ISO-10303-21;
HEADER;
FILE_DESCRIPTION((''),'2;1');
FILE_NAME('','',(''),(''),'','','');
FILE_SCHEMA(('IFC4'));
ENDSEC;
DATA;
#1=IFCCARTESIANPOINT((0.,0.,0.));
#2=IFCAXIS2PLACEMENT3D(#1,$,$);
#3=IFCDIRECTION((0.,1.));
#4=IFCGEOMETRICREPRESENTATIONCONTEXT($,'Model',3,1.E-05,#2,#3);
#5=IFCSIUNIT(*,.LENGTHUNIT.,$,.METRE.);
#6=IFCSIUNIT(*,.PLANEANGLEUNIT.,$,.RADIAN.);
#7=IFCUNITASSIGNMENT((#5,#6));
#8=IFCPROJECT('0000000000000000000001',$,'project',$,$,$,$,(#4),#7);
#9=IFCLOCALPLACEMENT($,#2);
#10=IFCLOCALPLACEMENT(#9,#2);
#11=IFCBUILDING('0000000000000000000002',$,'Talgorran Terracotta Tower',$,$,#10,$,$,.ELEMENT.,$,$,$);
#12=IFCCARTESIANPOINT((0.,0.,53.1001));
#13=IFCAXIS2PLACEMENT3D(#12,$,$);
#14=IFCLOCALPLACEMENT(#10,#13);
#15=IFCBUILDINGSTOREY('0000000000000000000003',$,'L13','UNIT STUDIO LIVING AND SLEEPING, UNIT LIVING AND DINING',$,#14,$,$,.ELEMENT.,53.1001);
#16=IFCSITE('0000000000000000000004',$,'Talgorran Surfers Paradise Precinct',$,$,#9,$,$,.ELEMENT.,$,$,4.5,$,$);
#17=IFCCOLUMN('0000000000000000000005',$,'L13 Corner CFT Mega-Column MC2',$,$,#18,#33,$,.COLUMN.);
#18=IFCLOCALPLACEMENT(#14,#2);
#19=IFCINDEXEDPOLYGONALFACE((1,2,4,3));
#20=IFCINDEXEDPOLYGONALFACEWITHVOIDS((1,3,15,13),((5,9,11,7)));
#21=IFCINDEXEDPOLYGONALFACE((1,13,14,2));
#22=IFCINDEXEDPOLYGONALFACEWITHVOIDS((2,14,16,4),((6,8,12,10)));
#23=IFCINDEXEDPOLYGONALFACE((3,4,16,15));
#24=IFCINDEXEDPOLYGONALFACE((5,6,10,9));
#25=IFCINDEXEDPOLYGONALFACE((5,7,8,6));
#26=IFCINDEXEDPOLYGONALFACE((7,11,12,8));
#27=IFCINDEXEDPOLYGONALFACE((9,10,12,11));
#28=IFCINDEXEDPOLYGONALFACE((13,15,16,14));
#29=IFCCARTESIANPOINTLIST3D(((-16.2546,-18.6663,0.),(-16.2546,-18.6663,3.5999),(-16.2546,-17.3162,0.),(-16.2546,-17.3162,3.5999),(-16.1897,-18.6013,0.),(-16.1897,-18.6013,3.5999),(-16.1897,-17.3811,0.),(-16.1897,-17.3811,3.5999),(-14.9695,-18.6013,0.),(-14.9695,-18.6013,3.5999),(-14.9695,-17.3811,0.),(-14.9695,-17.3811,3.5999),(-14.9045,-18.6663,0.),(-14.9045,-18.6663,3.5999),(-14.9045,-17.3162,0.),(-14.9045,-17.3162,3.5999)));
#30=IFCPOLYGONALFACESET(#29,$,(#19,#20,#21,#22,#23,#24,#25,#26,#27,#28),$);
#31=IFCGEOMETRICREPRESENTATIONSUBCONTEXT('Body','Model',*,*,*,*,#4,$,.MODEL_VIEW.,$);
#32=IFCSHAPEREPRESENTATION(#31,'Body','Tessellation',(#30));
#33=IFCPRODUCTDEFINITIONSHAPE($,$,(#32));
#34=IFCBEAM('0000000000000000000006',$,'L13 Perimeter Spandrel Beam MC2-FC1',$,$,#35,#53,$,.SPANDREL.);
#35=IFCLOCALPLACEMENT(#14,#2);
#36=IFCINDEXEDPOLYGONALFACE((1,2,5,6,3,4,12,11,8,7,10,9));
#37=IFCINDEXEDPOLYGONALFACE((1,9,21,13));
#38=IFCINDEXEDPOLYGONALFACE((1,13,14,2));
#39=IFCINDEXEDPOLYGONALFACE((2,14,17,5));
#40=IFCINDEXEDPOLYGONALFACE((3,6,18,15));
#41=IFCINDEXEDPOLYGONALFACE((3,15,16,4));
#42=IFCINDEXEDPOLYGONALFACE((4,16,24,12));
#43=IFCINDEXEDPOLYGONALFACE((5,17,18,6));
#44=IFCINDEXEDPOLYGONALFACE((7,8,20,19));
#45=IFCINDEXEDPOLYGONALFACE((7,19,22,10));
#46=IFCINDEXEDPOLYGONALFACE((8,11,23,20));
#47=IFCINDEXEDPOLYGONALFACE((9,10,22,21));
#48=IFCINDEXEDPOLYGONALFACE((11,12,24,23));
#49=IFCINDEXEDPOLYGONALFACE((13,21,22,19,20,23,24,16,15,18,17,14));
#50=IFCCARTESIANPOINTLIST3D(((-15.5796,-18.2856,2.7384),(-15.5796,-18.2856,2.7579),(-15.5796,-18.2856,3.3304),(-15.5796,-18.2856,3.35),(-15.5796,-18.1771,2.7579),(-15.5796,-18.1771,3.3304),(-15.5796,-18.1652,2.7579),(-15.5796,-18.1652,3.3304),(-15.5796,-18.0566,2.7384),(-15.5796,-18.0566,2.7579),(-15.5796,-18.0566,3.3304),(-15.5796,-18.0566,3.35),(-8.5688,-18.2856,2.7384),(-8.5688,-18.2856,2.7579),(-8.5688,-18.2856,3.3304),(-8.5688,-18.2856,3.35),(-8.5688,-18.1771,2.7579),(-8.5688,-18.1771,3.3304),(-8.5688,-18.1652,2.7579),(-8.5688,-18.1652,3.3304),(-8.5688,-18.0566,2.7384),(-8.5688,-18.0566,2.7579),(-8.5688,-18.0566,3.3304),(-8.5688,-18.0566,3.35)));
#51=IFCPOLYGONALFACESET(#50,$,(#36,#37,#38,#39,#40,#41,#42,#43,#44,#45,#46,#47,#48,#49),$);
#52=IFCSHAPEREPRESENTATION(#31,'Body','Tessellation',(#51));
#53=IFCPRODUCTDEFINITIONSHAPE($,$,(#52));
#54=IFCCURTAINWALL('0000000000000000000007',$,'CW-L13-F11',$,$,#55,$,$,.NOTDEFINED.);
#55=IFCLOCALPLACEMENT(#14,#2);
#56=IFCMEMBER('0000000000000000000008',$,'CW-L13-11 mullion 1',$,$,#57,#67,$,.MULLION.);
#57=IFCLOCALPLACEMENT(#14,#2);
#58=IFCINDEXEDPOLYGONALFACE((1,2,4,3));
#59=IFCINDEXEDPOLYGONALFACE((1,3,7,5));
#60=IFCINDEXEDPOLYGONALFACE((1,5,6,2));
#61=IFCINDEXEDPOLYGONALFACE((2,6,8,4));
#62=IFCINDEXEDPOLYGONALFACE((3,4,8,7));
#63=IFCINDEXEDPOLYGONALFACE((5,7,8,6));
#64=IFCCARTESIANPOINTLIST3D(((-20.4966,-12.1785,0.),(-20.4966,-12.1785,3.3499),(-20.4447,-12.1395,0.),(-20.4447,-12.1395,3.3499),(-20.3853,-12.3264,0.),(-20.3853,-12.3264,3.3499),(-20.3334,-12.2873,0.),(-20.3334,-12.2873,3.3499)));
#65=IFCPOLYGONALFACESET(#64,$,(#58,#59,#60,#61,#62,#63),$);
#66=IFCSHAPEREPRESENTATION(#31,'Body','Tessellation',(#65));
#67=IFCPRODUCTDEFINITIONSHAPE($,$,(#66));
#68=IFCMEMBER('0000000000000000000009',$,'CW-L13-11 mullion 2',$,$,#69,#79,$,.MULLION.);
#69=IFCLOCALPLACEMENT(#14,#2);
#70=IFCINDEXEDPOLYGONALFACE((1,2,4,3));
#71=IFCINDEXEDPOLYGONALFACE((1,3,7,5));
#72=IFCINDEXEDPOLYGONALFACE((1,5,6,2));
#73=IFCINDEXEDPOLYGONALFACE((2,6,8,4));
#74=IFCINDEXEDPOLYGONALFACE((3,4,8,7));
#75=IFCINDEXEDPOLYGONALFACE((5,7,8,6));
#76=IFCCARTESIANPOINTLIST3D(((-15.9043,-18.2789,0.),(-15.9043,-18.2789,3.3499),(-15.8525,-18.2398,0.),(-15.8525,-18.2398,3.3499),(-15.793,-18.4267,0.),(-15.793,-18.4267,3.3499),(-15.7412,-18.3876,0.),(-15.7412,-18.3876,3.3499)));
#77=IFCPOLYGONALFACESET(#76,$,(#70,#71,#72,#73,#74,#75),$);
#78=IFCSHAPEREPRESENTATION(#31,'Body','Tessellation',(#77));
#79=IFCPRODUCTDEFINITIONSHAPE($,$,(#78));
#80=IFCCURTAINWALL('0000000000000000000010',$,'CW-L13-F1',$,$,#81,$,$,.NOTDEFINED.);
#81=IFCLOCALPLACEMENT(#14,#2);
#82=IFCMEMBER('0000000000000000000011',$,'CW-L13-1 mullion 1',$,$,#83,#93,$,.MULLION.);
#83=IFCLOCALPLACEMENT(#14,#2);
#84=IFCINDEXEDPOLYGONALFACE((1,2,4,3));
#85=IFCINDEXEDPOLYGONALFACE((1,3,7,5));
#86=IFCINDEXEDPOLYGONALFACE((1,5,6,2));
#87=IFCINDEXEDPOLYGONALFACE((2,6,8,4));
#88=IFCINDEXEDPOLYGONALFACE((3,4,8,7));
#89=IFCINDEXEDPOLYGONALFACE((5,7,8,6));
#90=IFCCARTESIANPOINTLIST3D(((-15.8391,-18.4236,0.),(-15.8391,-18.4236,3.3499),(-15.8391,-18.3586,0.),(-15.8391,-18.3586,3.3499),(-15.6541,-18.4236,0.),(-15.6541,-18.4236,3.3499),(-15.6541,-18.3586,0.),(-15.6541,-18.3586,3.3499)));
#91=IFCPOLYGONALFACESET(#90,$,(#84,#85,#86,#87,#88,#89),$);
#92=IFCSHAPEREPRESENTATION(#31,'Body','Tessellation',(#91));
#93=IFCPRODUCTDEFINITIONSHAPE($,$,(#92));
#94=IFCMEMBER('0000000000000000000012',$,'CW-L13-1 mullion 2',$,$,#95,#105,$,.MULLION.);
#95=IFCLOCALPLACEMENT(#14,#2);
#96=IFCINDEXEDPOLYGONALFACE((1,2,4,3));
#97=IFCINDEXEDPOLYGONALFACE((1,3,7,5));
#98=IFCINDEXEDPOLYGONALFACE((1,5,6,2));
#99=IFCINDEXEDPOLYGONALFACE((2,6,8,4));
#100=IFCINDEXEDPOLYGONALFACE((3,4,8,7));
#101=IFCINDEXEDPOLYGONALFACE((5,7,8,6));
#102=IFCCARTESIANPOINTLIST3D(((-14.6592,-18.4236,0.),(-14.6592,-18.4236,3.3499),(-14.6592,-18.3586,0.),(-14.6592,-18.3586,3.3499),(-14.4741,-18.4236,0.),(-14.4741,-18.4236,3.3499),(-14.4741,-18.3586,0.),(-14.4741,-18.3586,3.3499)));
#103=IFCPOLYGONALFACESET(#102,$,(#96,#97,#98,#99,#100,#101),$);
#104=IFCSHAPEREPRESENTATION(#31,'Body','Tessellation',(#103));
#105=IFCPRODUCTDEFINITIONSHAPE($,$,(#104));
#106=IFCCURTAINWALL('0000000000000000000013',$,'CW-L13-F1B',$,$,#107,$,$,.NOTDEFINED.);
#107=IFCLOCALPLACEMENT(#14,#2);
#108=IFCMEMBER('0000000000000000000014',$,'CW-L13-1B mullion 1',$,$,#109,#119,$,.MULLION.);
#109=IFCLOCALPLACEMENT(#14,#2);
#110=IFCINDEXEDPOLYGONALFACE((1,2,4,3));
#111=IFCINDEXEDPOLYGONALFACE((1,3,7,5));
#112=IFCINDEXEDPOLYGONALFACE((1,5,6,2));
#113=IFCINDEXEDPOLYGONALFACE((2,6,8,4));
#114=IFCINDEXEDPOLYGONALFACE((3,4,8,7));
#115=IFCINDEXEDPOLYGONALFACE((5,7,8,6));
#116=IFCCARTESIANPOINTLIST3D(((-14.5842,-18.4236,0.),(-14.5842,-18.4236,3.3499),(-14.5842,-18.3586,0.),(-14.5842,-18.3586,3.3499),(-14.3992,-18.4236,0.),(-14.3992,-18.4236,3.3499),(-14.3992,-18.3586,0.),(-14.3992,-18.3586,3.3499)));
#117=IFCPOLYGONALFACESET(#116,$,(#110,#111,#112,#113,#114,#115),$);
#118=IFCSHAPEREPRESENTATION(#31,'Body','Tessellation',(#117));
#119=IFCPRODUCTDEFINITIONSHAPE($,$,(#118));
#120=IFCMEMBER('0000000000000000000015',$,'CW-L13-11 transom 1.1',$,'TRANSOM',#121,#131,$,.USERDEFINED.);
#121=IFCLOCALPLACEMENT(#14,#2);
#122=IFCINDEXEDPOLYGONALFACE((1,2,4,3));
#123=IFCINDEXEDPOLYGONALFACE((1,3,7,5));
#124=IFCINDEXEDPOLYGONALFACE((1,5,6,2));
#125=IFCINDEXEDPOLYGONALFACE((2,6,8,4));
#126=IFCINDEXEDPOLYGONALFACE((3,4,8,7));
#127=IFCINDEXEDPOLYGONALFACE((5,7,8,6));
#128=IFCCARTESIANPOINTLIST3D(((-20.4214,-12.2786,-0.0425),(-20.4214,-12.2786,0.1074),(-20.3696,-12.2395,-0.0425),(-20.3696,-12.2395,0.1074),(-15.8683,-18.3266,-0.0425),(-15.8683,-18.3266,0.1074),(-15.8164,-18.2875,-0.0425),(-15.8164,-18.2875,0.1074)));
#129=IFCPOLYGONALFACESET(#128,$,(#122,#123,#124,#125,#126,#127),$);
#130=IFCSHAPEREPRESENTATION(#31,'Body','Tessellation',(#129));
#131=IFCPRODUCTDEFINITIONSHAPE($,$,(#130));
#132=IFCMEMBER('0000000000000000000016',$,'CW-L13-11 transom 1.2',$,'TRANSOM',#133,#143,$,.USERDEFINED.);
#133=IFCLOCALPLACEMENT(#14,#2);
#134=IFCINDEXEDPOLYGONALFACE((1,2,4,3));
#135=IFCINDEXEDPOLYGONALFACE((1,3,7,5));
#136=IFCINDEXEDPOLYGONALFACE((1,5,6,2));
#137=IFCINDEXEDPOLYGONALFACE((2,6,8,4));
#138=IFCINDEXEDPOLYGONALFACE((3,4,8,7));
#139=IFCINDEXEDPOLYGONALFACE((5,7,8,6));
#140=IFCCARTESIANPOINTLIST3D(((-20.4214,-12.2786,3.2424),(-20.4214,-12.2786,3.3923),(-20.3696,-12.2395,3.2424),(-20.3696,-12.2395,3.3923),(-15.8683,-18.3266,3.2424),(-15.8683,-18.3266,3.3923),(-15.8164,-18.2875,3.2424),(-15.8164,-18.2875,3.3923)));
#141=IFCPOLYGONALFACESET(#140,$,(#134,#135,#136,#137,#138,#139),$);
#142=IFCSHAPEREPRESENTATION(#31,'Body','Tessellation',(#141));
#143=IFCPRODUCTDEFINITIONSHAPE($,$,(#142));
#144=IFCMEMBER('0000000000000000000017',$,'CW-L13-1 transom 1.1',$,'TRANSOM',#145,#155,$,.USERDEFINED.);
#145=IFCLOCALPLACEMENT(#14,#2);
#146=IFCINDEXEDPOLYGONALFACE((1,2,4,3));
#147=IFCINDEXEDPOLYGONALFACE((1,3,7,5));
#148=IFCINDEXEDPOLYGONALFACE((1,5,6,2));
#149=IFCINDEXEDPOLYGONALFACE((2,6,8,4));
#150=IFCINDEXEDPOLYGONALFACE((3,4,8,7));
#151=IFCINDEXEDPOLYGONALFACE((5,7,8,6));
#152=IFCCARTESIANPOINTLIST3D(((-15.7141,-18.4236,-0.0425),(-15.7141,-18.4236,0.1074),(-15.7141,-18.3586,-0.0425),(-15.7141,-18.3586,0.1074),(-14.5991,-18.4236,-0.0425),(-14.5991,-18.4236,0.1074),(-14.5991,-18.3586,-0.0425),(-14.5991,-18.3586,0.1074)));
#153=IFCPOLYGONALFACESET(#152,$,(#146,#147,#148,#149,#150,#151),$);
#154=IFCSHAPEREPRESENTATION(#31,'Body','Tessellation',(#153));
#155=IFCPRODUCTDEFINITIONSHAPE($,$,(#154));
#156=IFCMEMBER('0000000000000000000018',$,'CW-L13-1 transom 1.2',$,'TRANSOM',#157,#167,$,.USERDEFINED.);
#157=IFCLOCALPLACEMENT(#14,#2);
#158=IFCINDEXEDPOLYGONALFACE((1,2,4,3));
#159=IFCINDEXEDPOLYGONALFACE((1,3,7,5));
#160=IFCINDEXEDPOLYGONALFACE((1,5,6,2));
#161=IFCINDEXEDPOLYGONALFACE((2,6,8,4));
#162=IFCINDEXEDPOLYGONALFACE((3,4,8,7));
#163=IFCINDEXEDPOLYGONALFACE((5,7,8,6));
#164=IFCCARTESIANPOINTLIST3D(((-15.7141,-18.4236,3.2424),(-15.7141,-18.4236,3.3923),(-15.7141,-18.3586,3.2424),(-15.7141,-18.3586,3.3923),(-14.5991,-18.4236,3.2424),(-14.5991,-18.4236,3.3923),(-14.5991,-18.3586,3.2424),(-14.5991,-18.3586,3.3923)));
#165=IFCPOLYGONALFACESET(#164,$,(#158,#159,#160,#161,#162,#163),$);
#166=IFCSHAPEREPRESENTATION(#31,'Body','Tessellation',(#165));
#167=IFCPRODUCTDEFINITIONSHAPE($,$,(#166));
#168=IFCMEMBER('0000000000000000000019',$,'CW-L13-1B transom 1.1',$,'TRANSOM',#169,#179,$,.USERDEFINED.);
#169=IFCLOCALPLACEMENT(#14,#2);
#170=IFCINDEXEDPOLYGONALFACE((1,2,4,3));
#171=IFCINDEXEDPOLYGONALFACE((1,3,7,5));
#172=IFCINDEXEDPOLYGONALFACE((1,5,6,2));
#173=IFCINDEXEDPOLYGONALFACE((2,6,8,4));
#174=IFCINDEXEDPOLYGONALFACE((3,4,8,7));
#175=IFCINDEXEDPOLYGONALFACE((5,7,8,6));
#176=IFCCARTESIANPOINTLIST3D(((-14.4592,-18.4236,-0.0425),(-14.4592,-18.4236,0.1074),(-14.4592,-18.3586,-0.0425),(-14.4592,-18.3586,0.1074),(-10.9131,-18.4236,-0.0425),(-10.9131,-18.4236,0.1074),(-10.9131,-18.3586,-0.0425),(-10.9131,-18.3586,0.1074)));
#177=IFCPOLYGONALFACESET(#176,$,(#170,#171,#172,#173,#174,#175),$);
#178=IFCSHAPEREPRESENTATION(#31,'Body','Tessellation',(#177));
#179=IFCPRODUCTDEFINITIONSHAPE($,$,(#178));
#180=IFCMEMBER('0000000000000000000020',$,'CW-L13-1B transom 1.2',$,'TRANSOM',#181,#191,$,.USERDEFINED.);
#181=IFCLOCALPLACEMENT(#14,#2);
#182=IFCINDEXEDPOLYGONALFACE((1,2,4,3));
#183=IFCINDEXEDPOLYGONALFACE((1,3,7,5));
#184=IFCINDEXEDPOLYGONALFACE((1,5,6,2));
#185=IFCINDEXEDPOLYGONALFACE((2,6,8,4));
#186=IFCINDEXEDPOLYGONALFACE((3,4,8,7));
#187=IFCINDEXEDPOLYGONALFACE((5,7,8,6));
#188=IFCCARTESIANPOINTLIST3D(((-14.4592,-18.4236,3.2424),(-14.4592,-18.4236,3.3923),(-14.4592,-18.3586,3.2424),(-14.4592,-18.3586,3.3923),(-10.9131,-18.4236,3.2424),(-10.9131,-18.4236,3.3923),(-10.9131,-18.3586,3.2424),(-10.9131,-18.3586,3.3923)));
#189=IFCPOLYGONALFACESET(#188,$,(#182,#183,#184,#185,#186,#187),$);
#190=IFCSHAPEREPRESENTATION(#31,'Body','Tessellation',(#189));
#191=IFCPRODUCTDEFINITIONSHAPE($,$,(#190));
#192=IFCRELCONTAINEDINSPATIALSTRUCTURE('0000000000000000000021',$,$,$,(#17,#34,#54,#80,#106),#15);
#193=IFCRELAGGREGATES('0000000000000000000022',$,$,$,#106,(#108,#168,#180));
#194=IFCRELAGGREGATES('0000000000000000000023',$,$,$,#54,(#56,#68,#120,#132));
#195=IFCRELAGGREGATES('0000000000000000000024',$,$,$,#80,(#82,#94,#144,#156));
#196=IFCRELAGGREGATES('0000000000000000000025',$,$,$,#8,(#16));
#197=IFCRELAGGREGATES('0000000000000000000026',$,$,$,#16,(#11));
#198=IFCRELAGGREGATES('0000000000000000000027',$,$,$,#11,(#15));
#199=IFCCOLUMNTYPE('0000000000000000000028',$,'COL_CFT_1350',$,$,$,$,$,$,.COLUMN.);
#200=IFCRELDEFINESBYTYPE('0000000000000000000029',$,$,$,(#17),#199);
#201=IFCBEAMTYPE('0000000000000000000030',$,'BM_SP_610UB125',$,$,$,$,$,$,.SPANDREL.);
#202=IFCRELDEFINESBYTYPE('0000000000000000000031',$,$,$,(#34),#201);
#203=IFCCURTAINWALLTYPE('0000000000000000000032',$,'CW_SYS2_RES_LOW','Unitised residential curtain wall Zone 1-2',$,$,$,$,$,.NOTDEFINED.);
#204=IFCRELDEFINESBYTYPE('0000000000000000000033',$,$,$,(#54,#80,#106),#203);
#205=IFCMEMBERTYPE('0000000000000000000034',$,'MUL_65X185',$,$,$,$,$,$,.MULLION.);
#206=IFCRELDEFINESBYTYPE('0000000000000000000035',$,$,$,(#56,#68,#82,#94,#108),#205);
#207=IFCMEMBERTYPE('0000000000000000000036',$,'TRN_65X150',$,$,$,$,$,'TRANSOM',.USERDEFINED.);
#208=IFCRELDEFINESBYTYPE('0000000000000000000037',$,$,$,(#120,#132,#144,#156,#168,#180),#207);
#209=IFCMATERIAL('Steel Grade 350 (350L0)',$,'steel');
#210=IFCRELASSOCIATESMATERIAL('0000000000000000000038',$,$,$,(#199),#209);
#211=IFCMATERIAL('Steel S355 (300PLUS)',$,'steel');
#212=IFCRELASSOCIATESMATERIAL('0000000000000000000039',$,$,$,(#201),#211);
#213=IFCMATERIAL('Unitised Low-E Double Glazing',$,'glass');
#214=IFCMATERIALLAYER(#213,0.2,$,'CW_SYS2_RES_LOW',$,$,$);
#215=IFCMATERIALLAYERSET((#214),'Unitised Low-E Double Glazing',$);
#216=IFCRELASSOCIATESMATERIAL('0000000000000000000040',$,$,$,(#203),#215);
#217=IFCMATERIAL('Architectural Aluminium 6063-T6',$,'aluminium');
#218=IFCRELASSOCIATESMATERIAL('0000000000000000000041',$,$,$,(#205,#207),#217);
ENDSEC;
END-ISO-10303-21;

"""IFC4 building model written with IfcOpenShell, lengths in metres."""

from ifc_helpers import new_model, si_unit, direction, frame, origin, origin_2d, place, context, subcontext, project, spatial, rectangle, hollow_rectangle, i_section, extrude, material, layer, layer_set, material_profile, profile_set, type_object, element, aggregate, save


model = new_model("IFC4")

# Units and contexts
model_context = context("Model", 3, precision=1e-05, world=origin(), true_north=direction((0.0, 1.0)))
body_context = subcontext(model_context, "Body", "Model", "MODEL_VIEW")
ifc_project = project(units=[si_unit("LENGTHUNIT", "METRE"), si_unit("PLANEANGLEUNIT", "RADIAN")], contexts=[model_context])

# Site, building, storey
site_placement = place(None, origin())
site = spatial("IfcSite", under=ifc_project, at=site_placement, Name="Talgorran Surfers Paradise Precinct", CompositionType="ELEMENT", RefElevation=4.5)
building_placement = place(site_placement, origin())
building = spatial("IfcBuilding", under=site, at=building_placement, Name="Talgorran Terracotta Tower", CompositionType="ELEMENT")
storey_placement = place(building_placement, frame((0.0, 0.0, 53.1001)))
storey = spatial("IfcBuildingStorey", under=building, at=storey_placement, Name="L13", Description="UNIT STUDIO LIVING AND SLEEPING, UNIT LIVING AND DINING", CompositionType="ELEMENT", Elevation=53.1001)

# Column
ifc_material_1 = material(Name="Steel Grade 350 (350L0)", Category="steel")
ifc_material_profile_1 = material_profile(ifc_material_1, hollow_rectangle(XDim=1.3501, YDim=1.3501, WallThickness=0.0649, at=origin_2d()), Name="CFT1350X1350X65")
ifc_profile_set_1 = profile_set([ifc_material_profile_1], Name="Steel Grade 350 (350L0)")
column_type = type_object("IfcColumnType", Name="COL_CFT_1350", PredefinedType="COLUMN", material=ifc_profile_set_1)
column_placement = place(storey_placement, frame((-15.5796, -17.9912, 0.0), z_axis=(0.0, 0.0, 1.0), x_axis=(1.0, 0.0, 0.0)))
element("IfcColumn", 1, at=column_placement, inside=storey, type_object=column_type, Name="L13 Corner CFT Mega-Column MC2", PredefinedType="COLUMN", context=body_context, shape_type="SweptSolid", body=[
    extrude(hollow_rectangle(XDim=1.3501, YDim=1.3501, WallThickness=0.0649, at=origin_2d()), origin(), (0.0, 0.0, 1.0), 3.5999),
])

# Beam
ifc_material_2 = material(Name="Steel S355 (300PLUS)", Category="steel")
ifc_material_profile_2 = material_profile(ifc_material_2, i_section(OverallWidth=0.229, OverallDepth=0.6116, WebThickness=0.012, FlangeThickness=0.0195, at=origin_2d()), Name="610UB125")
ifc_profile_set_2 = profile_set([ifc_material_profile_2], Name="Steel S355 (300PLUS)")
beam_type = type_object("IfcBeamType", Name="BM_SP_610UB125", PredefinedType="SPANDREL", material=ifc_profile_set_2)
beam_placement = place(storey_placement, frame((-15.5796, -18.1711, 3.0442), z_axis=(1.0, 0.0, 0.0), x_axis=(0.0, 1.0, 0.0)))
element("IfcBeam", 2, at=beam_placement, inside=storey, type_object=beam_type, Name="L13 Perimeter Spandrel Beam MC2-FC1", PredefinedType="SPANDREL", context=body_context, shape_type="SweptSolid", body=[
    extrude(i_section(OverallWidth=0.229, OverallDepth=0.6116, WebThickness=0.012, FlangeThickness=0.0195, at=origin_2d()), origin(), (0.0, 0.0, 1.0), 7.0107),
])

# Curtain walls, members
ifc_material_3 = material(Name="Unitised Low-E Double Glazing", Category="glass")
ifc_layer_1 = layer(ifc_material_3, 0.2, Name="CW_SYS2_RES_LOW")
ifc_layer_set_1 = layer_set([ifc_layer_1], Name="Unitised Low-E Double Glazing")
curtain_wall_type = type_object("IfcCurtainWallType", Name="CW_SYS2_RES_LOW", Description="Unitised residential curtain wall Zone 1-2", PredefinedType="NOTDEFINED", material=ifc_layer_set_1)
curtain_wall_1_placement = place(storey_placement, origin())
curtain_wall_1 = element("IfcCurtainWall", 3, at=curtain_wall_1_placement, inside=storey, type_object=curtain_wall_type, Name="CW-L13-F11", PredefinedType="NOTDEFINED")
ifc_material_4 = material(Name="Architectural Aluminium 6063-T6", Category="aluminium")
ifc_material_profile_3 = material_profile(ifc_material_4, rectangle(XDim=0.0649, YDim=0.1851, at=origin_2d()), Name="CWM65X185")
ifc_profile_set_3 = profile_set([ifc_material_profile_3], Name="Architectural Aluminium 6063-T6")
member_type_1 = type_object("IfcMemberType", Name="MUL_65X185", PredefinedType="MULLION", material=ifc_profile_set_3)
member_1_placement = place(storey_placement, frame((-20.415, -12.2329, 0.0), z_axis=(0.0, 0.0, 1.0), x_axis=(0.798913, 0.601447, 0.0)))
member_1 = element("IfcMember", 4, at=member_1_placement, type_object=member_type_1, Name="CW-L13-11 mullion 1", PredefinedType="MULLION", context=body_context, shape_type="SweptSolid", body=[
    extrude(rectangle(XDim=0.0649, YDim=0.1851, at=origin_2d()), origin(), (0.0, 0.0, 1.0), 3.3499),
])
member_2_placement = place(storey_placement, frame((-15.8228, -18.3333, 0.0), z_axis=(0.0, 0.0, 1.0), x_axis=(0.798913, 0.601447, 0.0)))
member_2 = element("IfcMember", 5, at=member_2_placement, type_object=member_type_1, Name="CW-L13-11 mullion 2", PredefinedType="MULLION", context=body_context, shape_type="SweptSolid", body=[
    extrude(rectangle(XDim=0.0649, YDim=0.1851, at=origin_2d()), origin(), (0.0, 0.0, 1.0), 3.3499),
])
curtain_wall_2_placement = place(storey_placement, origin())
curtain_wall_2 = element("IfcCurtainWall", 6, at=curtain_wall_2_placement, inside=storey, type_object=curtain_wall_type, Name="CW-L13-F1", PredefinedType="NOTDEFINED")
member_3_placement = place(storey_placement, frame((-15.7466, -18.3911, 0.0), z_axis=(0.0, 0.0, 1.0), x_axis=(0.0, 1.0, 0.0)))
member_3 = element("IfcMember", 7, at=member_3_placement, type_object=member_type_1, Name="CW-L13-1 mullion 1", PredefinedType="MULLION", context=body_context, shape_type="SweptSolid", body=[
    extrude(rectangle(XDim=0.0649, YDim=0.1851, at=origin_2d()), origin(), (0.0, 0.0, 1.0), 3.3499),
])
member_4_placement = place(storey_placement, frame((-14.5667, -18.3911, 0.0), z_axis=(0.0, 0.0, 1.0), x_axis=(0.0, 1.0, 0.0)))
member_4 = element("IfcMember", 8, at=member_4_placement, type_object=member_type_1, Name="CW-L13-1 mullion 2", PredefinedType="MULLION", context=body_context, shape_type="SweptSolid", body=[
    extrude(rectangle(XDim=0.0649, YDim=0.1851, at=origin_2d()), origin(), (0.0, 0.0, 1.0), 3.3499),
])

# Curtain wall, member
curtain_wall_3_placement = place(storey_placement, origin())
curtain_wall_3 = element("IfcCurtainWall", 9, at=curtain_wall_3_placement, inside=storey, type_object=curtain_wall_type, Name="CW-L13-F1B", PredefinedType="NOTDEFINED")
member_5_placement = place(storey_placement, frame((-14.4917, -18.3911, 0.0), z_axis=(0.0, 0.0, 1.0), x_axis=(0.0, 1.0, 0.0)))
member_5 = element("IfcMember", 10, at=member_5_placement, type_object=member_type_1, Name="CW-L13-1B mullion 1", PredefinedType="MULLION", context=body_context, shape_type="SweptSolid", body=[
    extrude(rectangle(XDim=0.0649, YDim=0.1851, at=origin_2d()), origin(), (0.0, 0.0, 1.0), 3.3499),
])

# Members
ifc_material_profile_4 = material_profile(ifc_material_4, rectangle(XDim=0.0649, YDim=0.1499, at=origin_2d()), Name="CWT65X150")
ifc_profile_set_4 = profile_set([ifc_material_profile_4], Name="Architectural Aluminium 6063-T6")
member_type_2 = type_object("IfcMemberType", Name="TRN_65X150", ElementType="TRANSOM", PredefinedType="USERDEFINED", material=ifc_profile_set_4)
member_6_placement = place(storey_placement, frame((-20.3955, -12.259, 0.0325), z_axis=(0.601449, -0.798911, 0.0), x_axis=(0.798911, 0.601449, 0.0)))
member_6 = element("IfcMember", 11, at=member_6_placement, type_object=member_type_2, Name="CW-L13-11 transom 1.1", ObjectType="TRANSOM", PredefinedType="USERDEFINED", context=body_context, shape_type="SweptSolid", body=[
    extrude(rectangle(XDim=0.0649, YDim=0.1499, at=origin_2d()), origin(), (0.0, 0.0, 1.0), 7.5703),
])
member_7_placement = place(storey_placement, frame((-20.3955, -12.259, 3.3174), z_axis=(0.601449, -0.798911, 0.0), x_axis=(0.798911, 0.601449, 0.0)))
member_7 = element("IfcMember", 12, at=member_7_placement, type_object=member_type_2, Name="CW-L13-11 transom 1.2", ObjectType="TRANSOM", PredefinedType="USERDEFINED", context=body_context, shape_type="SweptSolid", body=[
    extrude(rectangle(XDim=0.0649, YDim=0.1499, at=origin_2d()), origin(), (0.0, 0.0, 1.0), 7.5703),
])
member_8_placement = place(storey_placement, frame((-15.7141, -18.3911, 0.0325), z_axis=(1.0, 0.0, 0.0), x_axis=(0.0, 1.0, 0.0)))
member_8 = element("IfcMember", 13, at=member_8_placement, type_object=member_type_2, Name="CW-L13-1 transom 1.1", ObjectType="TRANSOM", PredefinedType="USERDEFINED", context=body_context, shape_type="SweptSolid", body=[
    extrude(rectangle(XDim=0.0649, YDim=0.1499, at=origin_2d()), origin(), (0.0, 0.0, 1.0), 1.115),
])
member_9_placement = place(storey_placement, frame((-15.7141, -18.3911, 3.3174), z_axis=(1.0, 0.0, 0.0), x_axis=(0.0, 1.0, 0.0)))
member_9 = element("IfcMember", 14, at=member_9_placement, type_object=member_type_2, Name="CW-L13-1 transom 1.2", ObjectType="TRANSOM", PredefinedType="USERDEFINED", context=body_context, shape_type="SweptSolid", body=[
    extrude(rectangle(XDim=0.0649, YDim=0.1499, at=origin_2d()), origin(), (0.0, 0.0, 1.0), 1.115),
])
member_10_placement = place(storey_placement, frame((-14.4592, -18.3911, 0.0325), z_axis=(1.0, 0.0, 0.0), x_axis=(0.0, 1.0, 0.0)))
member_10 = element("IfcMember", 15, at=member_10_placement, type_object=member_type_2, Name="CW-L13-1B transom 1.1", ObjectType="TRANSOM", PredefinedType="USERDEFINED", context=body_context, shape_type="SweptSolid", body=[
    extrude(rectangle(XDim=0.0649, YDim=0.1499, at=origin_2d()), origin(), (0.0, 0.0, 1.0), 3.5461),
])
member_11_placement = place(storey_placement, frame((-14.4592, -18.3911, 3.3174), z_axis=(1.0, 0.0, 0.0), x_axis=(0.0, 1.0, 0.0)))
member_11 = element("IfcMember", 16, at=member_11_placement, type_object=member_type_2, Name="CW-L13-1B transom 1.2", ObjectType="TRANSOM", PredefinedType="USERDEFINED", context=body_context, shape_type="SweptSolid", body=[
    extrude(rectangle(XDim=0.0649, YDim=0.1499, at=origin_2d()), origin(), (0.0, 0.0, 1.0), 3.5461),
])
aggregate(curtain_wall_3, [member_5, member_10, member_11])

aggregate(curtain_wall_1, [member_1, member_2, member_6, member_7])
aggregate(curtain_wall_2, [member_3, member_4, member_8, member_9])

save(model, "model.ifc")
